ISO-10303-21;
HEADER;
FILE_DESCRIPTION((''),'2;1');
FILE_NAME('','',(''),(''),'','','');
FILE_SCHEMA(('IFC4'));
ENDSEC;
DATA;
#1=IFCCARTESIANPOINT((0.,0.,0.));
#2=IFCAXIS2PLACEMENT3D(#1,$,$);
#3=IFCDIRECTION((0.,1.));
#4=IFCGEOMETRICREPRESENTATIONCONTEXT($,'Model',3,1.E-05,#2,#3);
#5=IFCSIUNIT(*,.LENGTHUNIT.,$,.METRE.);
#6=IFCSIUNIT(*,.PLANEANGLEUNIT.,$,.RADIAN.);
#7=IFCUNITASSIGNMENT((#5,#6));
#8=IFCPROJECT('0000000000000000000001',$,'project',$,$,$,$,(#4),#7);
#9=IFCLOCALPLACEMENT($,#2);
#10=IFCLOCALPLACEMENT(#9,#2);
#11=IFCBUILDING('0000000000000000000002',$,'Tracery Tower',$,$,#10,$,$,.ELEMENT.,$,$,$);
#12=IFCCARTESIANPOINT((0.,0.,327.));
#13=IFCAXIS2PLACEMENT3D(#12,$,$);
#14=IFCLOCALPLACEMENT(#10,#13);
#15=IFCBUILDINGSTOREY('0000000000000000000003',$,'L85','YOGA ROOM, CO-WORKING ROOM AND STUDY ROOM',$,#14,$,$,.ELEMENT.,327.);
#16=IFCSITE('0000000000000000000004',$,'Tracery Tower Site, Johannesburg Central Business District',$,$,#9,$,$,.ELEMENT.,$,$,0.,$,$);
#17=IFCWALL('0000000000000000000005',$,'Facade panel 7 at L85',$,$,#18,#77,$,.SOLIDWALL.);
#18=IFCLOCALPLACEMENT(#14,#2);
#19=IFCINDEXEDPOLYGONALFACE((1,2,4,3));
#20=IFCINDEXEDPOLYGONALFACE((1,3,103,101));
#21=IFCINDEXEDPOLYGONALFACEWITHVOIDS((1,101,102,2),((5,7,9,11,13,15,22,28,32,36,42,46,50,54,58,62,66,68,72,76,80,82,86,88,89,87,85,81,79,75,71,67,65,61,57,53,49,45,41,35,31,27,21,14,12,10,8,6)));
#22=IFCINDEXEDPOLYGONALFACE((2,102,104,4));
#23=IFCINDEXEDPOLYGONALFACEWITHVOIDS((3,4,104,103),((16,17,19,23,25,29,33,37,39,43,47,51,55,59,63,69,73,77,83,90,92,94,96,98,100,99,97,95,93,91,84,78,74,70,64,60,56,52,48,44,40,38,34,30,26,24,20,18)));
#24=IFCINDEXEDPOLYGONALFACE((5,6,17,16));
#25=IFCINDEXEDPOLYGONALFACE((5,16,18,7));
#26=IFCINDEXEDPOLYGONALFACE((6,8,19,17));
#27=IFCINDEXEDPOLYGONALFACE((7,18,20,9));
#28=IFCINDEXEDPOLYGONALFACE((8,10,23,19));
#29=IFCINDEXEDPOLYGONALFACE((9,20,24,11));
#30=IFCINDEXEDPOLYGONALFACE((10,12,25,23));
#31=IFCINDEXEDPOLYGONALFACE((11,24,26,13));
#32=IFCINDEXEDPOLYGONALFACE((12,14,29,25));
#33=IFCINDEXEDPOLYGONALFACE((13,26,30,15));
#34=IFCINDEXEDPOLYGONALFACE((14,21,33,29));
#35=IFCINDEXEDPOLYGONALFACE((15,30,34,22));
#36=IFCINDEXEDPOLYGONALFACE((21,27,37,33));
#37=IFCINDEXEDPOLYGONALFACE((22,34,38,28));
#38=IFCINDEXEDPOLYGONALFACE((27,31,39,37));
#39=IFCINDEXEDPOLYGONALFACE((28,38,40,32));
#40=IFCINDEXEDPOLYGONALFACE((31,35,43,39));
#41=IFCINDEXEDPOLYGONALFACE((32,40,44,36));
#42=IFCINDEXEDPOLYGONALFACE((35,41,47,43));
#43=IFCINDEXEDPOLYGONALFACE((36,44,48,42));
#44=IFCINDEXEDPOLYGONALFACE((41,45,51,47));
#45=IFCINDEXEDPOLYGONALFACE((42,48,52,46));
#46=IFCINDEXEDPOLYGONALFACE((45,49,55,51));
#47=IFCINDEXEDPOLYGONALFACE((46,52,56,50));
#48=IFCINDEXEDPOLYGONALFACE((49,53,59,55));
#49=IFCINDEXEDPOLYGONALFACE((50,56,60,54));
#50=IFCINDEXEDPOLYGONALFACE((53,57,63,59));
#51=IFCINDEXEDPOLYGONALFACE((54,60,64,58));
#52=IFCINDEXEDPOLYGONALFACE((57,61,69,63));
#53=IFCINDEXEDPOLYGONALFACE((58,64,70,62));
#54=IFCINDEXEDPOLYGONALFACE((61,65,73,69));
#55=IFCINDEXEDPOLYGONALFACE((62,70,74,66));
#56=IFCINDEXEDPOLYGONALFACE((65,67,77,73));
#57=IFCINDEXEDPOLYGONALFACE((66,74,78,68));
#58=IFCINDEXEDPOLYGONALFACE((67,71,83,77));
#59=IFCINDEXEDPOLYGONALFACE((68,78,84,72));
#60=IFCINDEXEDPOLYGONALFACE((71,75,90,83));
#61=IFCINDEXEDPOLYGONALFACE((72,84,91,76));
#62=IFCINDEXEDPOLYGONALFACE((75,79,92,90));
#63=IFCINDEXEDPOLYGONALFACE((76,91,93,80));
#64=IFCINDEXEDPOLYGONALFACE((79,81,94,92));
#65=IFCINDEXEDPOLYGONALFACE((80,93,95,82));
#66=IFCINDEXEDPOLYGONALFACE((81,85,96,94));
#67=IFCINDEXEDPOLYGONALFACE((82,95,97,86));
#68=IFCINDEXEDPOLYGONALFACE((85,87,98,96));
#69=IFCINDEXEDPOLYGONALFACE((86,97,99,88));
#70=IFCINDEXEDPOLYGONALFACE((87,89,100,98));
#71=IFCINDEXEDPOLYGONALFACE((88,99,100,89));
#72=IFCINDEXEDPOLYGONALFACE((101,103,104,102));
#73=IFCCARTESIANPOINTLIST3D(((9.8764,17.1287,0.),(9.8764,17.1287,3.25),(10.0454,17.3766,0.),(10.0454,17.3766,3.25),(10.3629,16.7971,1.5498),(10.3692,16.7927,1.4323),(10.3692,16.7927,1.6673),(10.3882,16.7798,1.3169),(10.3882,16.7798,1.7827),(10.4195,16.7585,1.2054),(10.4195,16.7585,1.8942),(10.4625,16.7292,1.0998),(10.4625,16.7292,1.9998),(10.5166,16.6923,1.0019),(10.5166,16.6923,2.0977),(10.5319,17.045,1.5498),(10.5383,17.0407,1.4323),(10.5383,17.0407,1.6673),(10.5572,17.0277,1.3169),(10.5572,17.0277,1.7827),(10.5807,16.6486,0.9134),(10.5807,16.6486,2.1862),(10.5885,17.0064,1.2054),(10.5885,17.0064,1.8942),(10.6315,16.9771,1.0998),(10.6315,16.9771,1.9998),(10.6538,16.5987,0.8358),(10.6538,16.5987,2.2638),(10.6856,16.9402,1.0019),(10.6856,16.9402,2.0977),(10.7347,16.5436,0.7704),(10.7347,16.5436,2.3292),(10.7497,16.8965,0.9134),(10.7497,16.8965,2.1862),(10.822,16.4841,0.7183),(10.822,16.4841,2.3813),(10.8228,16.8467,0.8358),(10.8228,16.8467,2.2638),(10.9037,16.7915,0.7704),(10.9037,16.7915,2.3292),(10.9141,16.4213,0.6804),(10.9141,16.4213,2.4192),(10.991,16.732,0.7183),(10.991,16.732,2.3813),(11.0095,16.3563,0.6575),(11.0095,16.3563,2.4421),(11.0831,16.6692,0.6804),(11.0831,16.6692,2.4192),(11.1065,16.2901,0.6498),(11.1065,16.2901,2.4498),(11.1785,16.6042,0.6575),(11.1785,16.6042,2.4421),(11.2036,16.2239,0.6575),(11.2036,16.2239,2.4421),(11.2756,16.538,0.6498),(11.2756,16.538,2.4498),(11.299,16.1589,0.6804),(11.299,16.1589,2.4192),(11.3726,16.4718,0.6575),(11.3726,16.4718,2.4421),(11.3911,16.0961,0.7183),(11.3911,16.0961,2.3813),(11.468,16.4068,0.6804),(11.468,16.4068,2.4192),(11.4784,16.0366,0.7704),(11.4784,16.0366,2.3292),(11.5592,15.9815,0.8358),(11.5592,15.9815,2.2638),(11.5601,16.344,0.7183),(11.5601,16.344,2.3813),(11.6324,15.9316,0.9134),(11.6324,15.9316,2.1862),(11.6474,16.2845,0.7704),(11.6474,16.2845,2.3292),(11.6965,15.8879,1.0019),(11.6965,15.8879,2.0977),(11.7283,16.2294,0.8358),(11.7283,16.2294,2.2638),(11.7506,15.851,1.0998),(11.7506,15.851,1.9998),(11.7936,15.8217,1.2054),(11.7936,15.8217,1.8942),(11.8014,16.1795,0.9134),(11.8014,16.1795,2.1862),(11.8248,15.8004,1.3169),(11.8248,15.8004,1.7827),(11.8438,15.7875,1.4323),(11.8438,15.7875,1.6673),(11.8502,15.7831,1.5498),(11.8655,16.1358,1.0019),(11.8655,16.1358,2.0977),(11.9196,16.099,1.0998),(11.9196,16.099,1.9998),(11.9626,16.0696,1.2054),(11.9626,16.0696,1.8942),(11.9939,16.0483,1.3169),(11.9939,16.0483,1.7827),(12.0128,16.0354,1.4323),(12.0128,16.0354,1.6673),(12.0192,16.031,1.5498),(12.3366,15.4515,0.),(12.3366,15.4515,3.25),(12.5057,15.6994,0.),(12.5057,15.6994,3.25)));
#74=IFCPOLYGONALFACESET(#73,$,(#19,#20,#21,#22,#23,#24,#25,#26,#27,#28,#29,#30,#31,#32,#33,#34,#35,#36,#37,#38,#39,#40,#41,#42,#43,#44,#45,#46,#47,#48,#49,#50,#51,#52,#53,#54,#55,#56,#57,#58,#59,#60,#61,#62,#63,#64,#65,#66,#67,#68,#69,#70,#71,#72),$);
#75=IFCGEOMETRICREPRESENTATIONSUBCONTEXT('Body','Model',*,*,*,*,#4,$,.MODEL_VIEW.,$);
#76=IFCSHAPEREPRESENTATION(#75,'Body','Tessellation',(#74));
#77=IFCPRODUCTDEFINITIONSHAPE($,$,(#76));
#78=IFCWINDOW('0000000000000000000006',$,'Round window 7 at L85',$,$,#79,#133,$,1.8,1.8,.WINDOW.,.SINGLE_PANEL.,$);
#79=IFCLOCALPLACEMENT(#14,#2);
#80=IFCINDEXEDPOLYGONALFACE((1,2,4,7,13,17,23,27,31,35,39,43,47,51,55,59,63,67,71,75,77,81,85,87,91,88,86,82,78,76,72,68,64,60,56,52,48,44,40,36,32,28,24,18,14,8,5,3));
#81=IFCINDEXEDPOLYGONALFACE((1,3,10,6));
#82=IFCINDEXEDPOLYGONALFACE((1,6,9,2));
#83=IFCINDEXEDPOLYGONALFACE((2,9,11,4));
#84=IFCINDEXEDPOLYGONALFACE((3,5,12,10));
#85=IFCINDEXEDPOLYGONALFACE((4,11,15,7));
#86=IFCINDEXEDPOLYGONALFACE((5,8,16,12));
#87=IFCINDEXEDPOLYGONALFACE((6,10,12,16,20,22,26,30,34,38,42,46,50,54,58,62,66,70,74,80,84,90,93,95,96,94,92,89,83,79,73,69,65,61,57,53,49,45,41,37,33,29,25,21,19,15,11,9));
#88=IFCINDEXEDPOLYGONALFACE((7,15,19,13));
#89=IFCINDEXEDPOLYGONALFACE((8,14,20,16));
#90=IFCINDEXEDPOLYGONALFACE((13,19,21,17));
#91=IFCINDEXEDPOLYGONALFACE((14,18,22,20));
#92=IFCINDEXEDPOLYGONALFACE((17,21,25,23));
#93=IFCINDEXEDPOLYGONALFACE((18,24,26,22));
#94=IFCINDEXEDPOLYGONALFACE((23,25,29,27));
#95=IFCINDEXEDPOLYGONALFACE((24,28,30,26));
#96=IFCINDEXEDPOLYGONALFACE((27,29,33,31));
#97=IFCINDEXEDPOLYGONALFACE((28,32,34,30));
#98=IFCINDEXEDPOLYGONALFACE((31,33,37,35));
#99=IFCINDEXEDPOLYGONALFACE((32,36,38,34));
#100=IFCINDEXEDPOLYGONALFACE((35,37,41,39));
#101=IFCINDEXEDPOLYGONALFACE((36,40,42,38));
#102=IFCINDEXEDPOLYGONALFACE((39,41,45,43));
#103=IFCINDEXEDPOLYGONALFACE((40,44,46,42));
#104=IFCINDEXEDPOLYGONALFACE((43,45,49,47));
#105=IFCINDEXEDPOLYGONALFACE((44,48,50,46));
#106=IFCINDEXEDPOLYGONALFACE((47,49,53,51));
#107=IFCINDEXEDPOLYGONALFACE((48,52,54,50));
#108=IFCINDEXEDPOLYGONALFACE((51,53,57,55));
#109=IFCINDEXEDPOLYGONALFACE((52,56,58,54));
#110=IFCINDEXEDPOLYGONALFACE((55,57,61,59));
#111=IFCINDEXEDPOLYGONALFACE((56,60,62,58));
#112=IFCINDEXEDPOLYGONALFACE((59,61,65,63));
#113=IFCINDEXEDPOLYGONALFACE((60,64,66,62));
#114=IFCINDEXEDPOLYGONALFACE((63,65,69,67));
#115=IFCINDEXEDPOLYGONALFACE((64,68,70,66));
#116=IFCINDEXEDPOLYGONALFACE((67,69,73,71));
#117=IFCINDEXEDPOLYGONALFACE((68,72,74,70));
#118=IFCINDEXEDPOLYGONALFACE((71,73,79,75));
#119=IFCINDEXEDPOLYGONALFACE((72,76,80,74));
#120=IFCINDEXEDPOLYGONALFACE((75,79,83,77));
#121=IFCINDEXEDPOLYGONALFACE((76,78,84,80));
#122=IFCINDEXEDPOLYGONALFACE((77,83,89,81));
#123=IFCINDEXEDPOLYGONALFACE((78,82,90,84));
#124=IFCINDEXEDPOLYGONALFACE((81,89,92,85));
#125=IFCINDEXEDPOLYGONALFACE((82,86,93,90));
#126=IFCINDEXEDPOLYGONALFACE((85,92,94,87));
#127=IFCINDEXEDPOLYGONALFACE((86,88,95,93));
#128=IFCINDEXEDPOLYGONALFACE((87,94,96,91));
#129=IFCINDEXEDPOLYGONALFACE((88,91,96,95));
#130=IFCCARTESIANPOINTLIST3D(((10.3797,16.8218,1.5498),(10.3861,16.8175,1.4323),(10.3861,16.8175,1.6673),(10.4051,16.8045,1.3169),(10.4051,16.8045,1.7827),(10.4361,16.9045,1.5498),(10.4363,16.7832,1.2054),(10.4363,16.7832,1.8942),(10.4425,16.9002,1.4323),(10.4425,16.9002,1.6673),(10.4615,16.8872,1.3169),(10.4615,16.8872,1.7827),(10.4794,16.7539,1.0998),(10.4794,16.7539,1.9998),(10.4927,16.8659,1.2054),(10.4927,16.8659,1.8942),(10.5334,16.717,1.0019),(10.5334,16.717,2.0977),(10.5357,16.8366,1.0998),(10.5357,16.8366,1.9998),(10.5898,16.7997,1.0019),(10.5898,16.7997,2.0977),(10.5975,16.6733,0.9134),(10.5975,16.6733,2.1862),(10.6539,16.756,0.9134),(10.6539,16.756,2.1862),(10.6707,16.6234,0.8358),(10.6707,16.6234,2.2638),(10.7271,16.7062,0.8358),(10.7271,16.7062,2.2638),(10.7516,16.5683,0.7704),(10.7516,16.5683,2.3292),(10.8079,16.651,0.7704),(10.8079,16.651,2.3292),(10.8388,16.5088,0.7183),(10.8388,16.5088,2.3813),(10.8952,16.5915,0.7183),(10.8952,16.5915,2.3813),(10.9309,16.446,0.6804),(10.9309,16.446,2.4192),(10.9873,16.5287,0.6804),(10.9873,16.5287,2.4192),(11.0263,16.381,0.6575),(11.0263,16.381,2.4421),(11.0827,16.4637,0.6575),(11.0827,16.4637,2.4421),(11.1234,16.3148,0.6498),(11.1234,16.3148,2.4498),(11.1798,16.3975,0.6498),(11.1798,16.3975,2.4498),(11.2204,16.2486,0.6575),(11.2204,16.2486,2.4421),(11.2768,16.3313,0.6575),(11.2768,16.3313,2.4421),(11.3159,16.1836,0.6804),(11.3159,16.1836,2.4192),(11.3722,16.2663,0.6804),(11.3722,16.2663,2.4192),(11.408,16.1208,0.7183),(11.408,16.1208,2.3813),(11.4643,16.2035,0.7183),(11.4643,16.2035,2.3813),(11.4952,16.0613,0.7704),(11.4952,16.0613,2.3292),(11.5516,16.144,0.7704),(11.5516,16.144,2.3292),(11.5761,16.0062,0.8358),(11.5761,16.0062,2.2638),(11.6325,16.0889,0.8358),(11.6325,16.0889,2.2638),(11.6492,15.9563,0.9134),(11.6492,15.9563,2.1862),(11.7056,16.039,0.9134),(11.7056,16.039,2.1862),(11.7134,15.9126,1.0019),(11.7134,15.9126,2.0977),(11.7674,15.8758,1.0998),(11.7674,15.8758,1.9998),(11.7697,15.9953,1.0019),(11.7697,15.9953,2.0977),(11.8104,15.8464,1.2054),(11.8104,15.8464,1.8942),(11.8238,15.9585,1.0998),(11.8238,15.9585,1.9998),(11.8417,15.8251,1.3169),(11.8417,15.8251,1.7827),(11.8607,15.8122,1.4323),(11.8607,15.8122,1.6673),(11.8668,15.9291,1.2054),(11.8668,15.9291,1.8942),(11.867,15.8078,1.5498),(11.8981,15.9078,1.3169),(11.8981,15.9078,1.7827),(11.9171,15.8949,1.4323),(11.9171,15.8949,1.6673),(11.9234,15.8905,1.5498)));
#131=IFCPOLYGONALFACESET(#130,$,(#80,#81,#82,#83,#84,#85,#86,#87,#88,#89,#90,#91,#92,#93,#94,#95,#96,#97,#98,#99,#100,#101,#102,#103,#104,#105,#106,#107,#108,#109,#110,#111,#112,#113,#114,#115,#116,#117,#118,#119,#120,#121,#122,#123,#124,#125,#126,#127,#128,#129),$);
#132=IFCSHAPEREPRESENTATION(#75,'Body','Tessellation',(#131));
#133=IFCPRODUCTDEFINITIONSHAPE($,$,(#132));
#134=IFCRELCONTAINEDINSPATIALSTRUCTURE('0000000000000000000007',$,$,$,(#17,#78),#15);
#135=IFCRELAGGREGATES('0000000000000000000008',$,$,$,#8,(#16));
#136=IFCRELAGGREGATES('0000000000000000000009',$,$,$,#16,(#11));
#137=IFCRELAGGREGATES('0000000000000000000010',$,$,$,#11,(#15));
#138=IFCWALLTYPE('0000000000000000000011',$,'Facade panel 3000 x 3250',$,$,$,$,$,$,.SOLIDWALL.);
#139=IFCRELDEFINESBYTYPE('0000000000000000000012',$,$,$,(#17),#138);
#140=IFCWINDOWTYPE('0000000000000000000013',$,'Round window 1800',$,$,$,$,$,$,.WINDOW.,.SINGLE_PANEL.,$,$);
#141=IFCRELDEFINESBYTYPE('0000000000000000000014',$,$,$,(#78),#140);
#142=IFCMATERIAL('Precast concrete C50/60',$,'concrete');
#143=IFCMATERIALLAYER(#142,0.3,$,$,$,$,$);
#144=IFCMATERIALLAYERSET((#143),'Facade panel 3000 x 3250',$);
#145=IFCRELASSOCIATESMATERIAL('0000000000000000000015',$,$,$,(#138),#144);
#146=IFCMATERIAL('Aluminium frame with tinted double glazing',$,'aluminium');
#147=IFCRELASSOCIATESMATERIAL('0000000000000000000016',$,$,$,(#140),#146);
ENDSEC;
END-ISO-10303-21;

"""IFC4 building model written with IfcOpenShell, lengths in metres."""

from ifc_helpers import new_model, si_unit, direction, frame, frame_2d, origin, origin_2d, place, context, subcontext, project, spatial, rectangle, circle, extrude, material, layer, layer_set, type_object, element, fill, save


model = new_model("IFC4")

# Units and contexts
model_context = context("Model", 3, precision=1e-05, world=origin(), true_north=direction((0.0, 1.0)))
body_context = subcontext(model_context, "Body", "Model", "MODEL_VIEW")
ifc_project = project(units=[si_unit("LENGTHUNIT", "METRE"), si_unit("PLANEANGLEUNIT", "RADIAN")], contexts=[model_context])

# Site, building, storey
site_placement = place(None, origin())
site = spatial("IfcSite", under=ifc_project, at=site_placement, Name="Tracery Tower Site, Johannesburg Central Business District", CompositionType="ELEMENT", RefElevation=0.0)
building_placement = place(site_placement, origin())
building = spatial("IfcBuilding", under=site, at=building_placement, Name="Tracery Tower", CompositionType="ELEMENT")
storey_placement = place(building_placement, frame((0.0, 0.0, 327.0)))
storey = spatial("IfcBuildingStorey", under=building, at=storey_placement, Name="L85", Description="YOGA ROOM, CO-WORKING ROOM AND STUDY ROOM", CompositionType="ELEMENT", Elevation=327.0)

# Wall, opening, window
ifc_material_1 = material(Name="Precast concrete C50/60", Category="concrete")
ifc_layer_1 = layer(ifc_material_1, 0.3)
ifc_layer_set_1 = layer_set([ifc_layer_1], Name="Facade panel 3000 x 3250")
wall_type_1 = type_object("IfcWallType", Name="Facade panel 3000 x 3250", PredefinedType="SOLIDWALL", material=ifc_layer_set_1)
ifc_material_2 = material(Name="Aluminium frame with tinted double glazing", Category="aluminium")
window_type = type_object("IfcWindowType", Name="Round window 1800", PartitioningType="SINGLE_PANEL", PredefinedType="WINDOW", material=ifc_material_2)
wall_1_placement = place(storey_placement, frame((12.4211, 15.5754, 0.0), z_axis=(0.0, 0.0, 1.0), x_axis=(-0.826253, 0.563299, 0.0)))
wall_1 = element("IfcWall", 1, at=wall_1_placement, inside=storey, type_object=wall_type_1, Name="Facade panel 7 at L85", PredefinedType="SOLIDWALL", context=body_context, shape_type="SweptSolid", body=[
    extrude(rectangle(XDim=2.9775, YDim=0.3, at=frame_2d((1.4888, 0.0))), origin(), (0.0, 0.0, 1.0), 3.25),
])
opening_1_placement = place(wall_1_placement, frame((1.4888, 0.0, 1.5498)))
opening_1 = element("IfcOpeningElement", 2, at=opening_1_placement, cuts=wall_1, PredefinedType="OPENING", context=body_context, shape_type="SweptSolid", body=[
    extrude(circle(Radius=0.9, at=origin_2d()), frame((0.0, 0.1599, 0.0), z_axis=(0.0, -1.0, 0.0), x_axis=(1.0, 0.0, 0.0)), (0.0, 0.0, 1.0), 0.3201),
])
window_1_placement = place(opening_1_placement, origin())
window_1 = element("IfcWindow", 3, at=window_1_placement, inside=storey, type_object=window_type, Name="Round window 7 at L85", OverallHeight=1.8, OverallWidth=1.8, PartitioningType="SINGLE_PANEL", PredefinedType="WINDOW", context=body_context, shape_type="SweptSolid", body=[
    extrude(circle(Radius=0.9, at=origin_2d()), frame((0.0, 0.1201, 0.0), z_axis=(0.0, -1.0, 0.0), x_axis=(1.0, 0.0, 0.0)), (0.0, 0.0, 1.0), 0.1001),
])
fill(opening_1, window_1)

save(model, "model.ifc")
